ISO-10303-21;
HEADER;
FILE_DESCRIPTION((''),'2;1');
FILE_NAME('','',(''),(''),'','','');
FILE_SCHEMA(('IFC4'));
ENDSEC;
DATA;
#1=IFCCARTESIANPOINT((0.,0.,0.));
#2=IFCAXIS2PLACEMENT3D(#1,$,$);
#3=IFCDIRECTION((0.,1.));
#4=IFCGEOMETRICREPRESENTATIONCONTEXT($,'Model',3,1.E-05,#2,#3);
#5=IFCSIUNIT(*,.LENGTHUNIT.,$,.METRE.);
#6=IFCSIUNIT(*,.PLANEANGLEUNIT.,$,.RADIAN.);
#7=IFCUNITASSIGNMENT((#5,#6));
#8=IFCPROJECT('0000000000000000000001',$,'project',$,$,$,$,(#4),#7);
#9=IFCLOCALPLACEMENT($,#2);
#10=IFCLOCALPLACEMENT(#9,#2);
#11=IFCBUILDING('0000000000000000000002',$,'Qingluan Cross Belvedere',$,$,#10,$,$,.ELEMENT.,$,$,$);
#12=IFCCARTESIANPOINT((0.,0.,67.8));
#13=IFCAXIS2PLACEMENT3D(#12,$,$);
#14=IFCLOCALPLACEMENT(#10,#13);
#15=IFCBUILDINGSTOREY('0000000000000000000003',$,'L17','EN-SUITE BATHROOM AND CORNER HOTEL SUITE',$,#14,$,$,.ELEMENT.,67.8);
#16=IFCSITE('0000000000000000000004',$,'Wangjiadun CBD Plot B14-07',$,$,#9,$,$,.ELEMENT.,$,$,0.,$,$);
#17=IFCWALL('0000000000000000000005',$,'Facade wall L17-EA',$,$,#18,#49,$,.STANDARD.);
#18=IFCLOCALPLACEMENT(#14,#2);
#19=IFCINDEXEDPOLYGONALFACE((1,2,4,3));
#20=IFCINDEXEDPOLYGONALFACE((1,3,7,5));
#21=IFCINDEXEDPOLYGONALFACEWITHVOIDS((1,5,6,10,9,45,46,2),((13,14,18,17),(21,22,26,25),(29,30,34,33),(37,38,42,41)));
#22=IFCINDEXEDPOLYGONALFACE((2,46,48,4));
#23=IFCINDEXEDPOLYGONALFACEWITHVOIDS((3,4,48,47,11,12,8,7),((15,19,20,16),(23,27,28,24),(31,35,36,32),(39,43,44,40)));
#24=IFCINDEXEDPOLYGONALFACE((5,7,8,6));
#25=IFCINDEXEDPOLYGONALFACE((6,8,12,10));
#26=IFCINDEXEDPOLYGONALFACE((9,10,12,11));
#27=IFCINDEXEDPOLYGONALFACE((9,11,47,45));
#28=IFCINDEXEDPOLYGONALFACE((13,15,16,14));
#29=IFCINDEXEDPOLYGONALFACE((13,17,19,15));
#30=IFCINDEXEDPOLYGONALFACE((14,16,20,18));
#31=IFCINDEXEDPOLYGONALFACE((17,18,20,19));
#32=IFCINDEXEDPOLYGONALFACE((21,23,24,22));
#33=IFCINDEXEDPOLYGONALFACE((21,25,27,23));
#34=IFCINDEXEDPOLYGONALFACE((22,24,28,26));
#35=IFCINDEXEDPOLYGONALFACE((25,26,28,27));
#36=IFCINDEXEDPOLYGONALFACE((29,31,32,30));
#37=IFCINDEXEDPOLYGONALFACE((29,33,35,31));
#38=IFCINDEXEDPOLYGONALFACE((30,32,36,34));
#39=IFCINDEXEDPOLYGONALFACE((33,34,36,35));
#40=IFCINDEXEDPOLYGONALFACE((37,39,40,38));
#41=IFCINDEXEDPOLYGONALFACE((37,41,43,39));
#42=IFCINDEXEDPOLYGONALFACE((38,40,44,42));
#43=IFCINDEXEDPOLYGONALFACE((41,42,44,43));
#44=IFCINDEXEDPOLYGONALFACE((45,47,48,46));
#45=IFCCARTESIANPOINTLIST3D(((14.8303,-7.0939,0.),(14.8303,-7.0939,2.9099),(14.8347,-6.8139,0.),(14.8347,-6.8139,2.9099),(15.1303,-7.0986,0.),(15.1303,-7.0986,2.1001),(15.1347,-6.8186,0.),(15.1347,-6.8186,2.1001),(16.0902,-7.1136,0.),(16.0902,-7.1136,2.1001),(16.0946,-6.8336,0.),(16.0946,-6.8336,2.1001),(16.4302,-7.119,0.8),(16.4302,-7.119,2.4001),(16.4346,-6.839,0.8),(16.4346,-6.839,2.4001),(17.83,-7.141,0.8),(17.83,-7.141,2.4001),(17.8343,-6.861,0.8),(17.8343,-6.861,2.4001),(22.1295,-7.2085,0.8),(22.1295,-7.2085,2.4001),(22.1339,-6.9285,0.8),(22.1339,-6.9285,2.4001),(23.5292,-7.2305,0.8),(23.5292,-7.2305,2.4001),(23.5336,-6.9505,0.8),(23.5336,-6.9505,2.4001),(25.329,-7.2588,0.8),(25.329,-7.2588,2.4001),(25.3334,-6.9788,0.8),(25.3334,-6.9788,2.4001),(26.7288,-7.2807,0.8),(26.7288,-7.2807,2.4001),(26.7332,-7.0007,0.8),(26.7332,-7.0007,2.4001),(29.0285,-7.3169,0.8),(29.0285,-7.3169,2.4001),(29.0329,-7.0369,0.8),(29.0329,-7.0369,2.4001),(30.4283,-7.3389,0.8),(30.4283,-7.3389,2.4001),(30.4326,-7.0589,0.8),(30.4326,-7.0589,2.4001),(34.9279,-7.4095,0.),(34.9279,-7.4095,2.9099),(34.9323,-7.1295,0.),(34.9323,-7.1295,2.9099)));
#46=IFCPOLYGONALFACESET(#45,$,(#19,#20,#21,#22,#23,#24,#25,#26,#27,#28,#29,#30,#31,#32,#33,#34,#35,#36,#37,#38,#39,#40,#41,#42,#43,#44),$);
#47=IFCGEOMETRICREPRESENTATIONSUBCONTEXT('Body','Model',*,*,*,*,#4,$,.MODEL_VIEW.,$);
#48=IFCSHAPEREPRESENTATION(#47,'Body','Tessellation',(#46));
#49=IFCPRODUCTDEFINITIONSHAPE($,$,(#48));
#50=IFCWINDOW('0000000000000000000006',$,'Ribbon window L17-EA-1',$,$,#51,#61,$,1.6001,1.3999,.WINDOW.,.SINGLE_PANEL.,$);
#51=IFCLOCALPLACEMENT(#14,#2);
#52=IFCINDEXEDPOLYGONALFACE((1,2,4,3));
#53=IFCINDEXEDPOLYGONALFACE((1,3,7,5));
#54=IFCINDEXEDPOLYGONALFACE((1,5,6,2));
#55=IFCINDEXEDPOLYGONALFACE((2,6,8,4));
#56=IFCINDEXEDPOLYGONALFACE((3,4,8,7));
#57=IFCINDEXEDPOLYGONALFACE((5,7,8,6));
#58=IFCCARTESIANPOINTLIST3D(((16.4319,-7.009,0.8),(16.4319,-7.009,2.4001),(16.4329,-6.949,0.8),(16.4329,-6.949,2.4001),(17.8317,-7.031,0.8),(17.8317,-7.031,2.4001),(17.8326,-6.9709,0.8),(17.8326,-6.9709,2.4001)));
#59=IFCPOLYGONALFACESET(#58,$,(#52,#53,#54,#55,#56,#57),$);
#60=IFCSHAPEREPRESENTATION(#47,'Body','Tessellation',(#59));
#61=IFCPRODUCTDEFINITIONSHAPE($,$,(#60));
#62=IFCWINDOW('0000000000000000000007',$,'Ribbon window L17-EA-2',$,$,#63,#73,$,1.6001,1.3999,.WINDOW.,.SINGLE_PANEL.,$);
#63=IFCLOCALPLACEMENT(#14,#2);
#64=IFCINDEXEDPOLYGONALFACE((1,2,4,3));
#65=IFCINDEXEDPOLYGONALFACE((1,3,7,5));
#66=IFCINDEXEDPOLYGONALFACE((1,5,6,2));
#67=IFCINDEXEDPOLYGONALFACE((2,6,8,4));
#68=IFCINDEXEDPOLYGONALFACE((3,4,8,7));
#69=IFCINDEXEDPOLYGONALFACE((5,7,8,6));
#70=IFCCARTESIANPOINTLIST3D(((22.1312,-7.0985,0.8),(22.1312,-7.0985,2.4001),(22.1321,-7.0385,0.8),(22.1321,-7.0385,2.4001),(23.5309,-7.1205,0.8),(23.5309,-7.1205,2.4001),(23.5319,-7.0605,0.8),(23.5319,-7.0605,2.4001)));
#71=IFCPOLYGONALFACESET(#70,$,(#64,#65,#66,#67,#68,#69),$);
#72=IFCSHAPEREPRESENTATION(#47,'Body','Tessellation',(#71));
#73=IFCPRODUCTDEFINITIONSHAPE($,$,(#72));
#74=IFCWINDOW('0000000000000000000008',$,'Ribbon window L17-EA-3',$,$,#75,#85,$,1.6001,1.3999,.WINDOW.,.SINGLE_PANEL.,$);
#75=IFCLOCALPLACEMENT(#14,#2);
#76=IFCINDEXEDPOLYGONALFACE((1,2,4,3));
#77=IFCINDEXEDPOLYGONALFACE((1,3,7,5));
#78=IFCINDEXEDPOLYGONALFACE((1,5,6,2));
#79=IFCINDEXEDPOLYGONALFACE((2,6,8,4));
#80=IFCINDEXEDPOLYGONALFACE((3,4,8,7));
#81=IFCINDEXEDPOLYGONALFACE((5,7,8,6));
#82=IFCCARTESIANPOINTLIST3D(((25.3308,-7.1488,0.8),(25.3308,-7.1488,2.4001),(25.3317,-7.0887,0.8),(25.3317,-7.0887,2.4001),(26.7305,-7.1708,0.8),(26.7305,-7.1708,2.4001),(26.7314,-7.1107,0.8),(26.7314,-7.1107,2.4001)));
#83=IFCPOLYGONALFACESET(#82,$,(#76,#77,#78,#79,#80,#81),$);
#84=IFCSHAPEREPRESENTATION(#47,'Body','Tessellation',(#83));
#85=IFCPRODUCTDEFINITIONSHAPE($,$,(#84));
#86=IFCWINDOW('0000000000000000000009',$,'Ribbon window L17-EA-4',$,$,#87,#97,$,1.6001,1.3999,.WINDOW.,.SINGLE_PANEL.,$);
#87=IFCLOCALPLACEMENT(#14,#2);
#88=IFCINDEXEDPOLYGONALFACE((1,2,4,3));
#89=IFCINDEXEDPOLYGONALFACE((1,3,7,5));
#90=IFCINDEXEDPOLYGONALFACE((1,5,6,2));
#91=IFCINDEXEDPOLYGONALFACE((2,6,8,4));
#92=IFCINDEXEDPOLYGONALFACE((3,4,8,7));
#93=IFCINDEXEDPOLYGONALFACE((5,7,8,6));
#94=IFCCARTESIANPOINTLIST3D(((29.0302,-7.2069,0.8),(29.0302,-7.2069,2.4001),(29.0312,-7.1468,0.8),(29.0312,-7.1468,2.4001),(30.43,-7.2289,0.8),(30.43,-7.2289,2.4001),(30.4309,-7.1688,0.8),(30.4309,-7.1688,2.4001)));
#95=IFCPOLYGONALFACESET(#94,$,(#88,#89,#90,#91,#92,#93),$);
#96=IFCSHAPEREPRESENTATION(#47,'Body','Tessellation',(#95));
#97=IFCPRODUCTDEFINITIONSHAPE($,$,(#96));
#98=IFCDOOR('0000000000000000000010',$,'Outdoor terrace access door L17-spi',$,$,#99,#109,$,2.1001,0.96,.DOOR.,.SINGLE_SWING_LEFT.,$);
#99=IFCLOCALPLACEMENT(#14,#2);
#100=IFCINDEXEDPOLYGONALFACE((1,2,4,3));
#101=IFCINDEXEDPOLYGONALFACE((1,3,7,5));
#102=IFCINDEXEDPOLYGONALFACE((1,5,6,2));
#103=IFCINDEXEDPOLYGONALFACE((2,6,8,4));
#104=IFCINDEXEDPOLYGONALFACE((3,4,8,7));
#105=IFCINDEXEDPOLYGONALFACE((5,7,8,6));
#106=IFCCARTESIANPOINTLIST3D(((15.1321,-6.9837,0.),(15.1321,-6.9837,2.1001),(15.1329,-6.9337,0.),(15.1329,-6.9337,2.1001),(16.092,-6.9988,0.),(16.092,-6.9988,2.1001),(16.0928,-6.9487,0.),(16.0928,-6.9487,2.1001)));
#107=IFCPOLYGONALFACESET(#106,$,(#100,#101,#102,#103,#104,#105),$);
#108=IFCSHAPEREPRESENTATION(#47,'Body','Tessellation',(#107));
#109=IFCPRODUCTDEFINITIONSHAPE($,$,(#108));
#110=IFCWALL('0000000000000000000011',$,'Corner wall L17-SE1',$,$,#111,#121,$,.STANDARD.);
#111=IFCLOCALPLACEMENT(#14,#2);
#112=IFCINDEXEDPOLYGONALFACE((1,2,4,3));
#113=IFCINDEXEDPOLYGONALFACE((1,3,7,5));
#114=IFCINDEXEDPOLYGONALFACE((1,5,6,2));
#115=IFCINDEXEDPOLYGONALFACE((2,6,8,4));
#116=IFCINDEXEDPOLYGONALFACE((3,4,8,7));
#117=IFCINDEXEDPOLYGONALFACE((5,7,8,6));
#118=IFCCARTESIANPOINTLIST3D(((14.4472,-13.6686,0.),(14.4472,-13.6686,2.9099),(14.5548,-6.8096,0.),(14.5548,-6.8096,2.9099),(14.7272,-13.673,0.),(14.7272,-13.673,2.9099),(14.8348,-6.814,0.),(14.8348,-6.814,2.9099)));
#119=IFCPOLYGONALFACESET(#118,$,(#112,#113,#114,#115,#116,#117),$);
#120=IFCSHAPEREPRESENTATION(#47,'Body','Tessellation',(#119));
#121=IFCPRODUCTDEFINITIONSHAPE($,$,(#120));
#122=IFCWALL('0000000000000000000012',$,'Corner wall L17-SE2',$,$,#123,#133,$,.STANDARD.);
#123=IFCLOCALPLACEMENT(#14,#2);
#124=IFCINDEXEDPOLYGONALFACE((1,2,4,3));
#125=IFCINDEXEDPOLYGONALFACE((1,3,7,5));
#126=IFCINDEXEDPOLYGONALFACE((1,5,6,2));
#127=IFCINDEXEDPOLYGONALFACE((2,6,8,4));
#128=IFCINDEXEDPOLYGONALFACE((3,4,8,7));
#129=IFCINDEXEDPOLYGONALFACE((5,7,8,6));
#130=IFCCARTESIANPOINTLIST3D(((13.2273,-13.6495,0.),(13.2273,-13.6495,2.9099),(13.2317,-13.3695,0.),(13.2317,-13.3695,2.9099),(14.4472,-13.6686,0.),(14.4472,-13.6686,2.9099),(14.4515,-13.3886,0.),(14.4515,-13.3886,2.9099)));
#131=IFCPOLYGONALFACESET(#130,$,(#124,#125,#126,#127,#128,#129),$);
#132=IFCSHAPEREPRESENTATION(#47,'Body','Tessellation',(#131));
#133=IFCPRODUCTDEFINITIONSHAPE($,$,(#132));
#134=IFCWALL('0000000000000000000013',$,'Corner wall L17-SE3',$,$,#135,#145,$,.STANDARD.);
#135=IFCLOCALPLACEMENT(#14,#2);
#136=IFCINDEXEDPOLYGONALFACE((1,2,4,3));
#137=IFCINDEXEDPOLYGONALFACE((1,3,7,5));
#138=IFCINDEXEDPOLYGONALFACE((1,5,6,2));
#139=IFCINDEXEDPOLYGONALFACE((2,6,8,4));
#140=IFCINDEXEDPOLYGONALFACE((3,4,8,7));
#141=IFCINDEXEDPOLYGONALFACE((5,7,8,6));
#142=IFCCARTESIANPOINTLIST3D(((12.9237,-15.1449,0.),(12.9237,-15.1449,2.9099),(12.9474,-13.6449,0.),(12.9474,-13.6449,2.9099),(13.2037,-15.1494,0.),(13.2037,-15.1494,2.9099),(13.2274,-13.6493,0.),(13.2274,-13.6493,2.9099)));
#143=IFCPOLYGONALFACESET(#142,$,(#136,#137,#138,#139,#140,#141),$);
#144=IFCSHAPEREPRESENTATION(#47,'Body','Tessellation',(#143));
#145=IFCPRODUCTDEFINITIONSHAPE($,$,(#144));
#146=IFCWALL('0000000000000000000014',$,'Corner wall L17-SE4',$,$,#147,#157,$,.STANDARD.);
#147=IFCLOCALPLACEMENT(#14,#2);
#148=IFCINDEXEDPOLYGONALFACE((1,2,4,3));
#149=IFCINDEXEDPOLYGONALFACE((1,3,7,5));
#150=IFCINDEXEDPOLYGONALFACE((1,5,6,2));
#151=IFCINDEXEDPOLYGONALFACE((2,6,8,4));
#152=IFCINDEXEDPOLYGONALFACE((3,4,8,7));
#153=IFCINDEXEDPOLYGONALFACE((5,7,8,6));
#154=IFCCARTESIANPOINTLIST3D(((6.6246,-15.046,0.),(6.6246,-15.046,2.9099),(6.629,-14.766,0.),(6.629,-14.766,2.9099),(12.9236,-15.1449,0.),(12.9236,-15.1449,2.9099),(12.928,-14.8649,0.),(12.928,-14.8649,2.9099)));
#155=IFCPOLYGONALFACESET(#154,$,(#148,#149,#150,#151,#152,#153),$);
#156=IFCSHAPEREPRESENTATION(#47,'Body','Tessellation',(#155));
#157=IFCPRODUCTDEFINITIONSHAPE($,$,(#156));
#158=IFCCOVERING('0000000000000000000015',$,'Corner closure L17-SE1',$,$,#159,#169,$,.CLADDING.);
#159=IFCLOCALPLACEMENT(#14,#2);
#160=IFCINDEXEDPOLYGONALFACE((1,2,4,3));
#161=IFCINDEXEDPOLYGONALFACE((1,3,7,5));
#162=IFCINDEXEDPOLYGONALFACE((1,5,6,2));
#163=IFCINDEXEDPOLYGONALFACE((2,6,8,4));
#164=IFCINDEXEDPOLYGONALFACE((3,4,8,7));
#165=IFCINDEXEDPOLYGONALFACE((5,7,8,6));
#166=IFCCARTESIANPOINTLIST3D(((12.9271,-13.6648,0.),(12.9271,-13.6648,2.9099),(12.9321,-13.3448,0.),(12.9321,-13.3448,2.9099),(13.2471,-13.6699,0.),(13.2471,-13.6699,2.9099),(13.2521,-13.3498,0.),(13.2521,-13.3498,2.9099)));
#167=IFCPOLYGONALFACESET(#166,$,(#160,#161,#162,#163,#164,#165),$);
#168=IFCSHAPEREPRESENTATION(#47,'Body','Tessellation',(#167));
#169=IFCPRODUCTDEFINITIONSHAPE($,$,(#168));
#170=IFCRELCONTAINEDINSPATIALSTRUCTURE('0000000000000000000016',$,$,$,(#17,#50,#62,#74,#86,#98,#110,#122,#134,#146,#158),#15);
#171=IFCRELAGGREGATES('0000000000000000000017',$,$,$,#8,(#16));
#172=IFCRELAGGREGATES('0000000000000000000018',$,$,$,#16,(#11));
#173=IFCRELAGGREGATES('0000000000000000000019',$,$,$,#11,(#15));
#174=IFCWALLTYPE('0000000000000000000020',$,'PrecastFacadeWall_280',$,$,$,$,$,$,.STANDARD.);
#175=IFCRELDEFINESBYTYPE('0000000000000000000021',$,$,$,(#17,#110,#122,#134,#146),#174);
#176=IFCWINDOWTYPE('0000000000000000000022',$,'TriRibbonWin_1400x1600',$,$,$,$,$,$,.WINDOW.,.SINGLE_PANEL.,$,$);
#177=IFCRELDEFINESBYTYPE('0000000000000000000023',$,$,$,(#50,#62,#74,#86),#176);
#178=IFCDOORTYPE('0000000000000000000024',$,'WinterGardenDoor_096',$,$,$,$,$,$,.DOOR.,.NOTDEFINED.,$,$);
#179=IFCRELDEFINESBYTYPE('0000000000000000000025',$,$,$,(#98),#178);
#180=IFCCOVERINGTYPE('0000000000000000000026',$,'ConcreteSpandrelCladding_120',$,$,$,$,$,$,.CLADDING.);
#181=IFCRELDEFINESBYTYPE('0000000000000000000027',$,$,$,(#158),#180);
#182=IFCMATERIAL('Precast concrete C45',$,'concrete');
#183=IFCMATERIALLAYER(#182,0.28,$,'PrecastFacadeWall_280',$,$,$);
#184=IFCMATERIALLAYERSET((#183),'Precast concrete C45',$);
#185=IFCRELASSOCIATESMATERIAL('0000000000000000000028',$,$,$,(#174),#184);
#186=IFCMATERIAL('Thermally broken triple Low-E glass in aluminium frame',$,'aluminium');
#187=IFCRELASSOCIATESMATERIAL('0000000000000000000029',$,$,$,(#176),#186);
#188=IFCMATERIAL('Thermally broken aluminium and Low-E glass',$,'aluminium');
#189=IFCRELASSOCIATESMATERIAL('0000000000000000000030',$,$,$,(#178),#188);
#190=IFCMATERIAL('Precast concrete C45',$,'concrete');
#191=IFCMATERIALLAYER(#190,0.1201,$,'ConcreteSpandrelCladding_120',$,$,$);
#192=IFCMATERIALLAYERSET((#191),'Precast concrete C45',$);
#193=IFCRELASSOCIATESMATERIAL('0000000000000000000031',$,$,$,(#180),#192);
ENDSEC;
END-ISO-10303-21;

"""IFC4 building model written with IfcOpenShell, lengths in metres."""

from ifc_helpers import new_model, si_unit, direction, frame, frame_2d, origin, origin_2d, place, context, subcontext, project, spatial, rectangle, extrude, material, layer, layer_set, type_object, element, fill, save


model = new_model("IFC4")

# Units and contexts
model_context = context("Model", 3, precision=1e-05, world=origin(), true_north=direction((0.0, 1.0)))
body_context = subcontext(model_context, "Body", "Model", "MODEL_VIEW")
ifc_project = project(units=[si_unit("LENGTHUNIT", "METRE"), si_unit("PLANEANGLEUNIT", "RADIAN")], contexts=[model_context])

# Site, building, storey
site_placement = place(None, origin())
site = spatial("IfcSite", under=ifc_project, at=site_placement, Name="Wangjiadun CBD Plot B14-07", CompositionType="ELEMENT", RefElevation=0.0)
building_placement = place(site_placement, origin())
building = spatial("IfcBuilding", under=site, at=building_placement, Name="Qingluan Cross Belvedere", CompositionType="ELEMENT")
storey_placement = place(building_placement, frame((0.0, 0.0, 67.8)))
storey = spatial("IfcBuildingStorey", under=building, at=storey_placement, Name="L17", Description="EN-SUITE BATHROOM AND CORNER HOTEL SUITE", CompositionType="ELEMENT", Elevation=67.8)

# Wall, openings, windows, door
ifc_material_1 = material(Name="Precast concrete C45", Category="concrete")
ifc_layer_1 = layer(ifc_material_1, 0.28, Name="PrecastFacadeWall_280")
ifc_layer_set_1 = layer_set([ifc_layer_1], Name="Precast concrete C45")
wall_type_1 = type_object("IfcWallType", Name="PrecastFacadeWall_280", PredefinedType="STANDARD", material=ifc_layer_set_1)
wall_1_placement = place(storey_placement, frame((14.8325, -6.9539, 0.0), z_axis=(0.0, 0.0, 1.0), x_axis=(0.999877, -0.015705, 0.0)))
wall_1 = element("IfcWall", 1, at=wall_1_placement, inside=storey, type_object=wall_type_1, Name="Facade wall L17-EA", PredefinedType="STANDARD", context=body_context, shape_type="SweptSolid", body=[
    extrude(rectangle(XDim=20.1001, YDim=0.28, at=frame_2d((10.05, 0.0))), origin(), (0.0, 0.0, 1.0), 2.9099),
])
opening_1_placement = place(wall_1_placement, frame((1.6001, 0.0, 0.8)))
opening_1 = element("IfcOpeningElement", 2, at=opening_1_placement, cuts=wall_1, PredefinedType="OPENING", context=body_context, shape_type="SweptSolid", body=[
    extrude(rectangle(XDim=1.3999, YDim=1.6001, at=frame_2d((0.7, 0.8))), frame((0.0, 0.1499, 0.0), z_axis=(0.0, -1.0, 0.0), x_axis=(1.0, 0.0, 0.0)), (0.0, 0.0, 1.0), 0.3),
])
opening_2_placement = place(wall_1_placement, frame((7.3, 0.0, 0.8)))
opening_2 = element("IfcOpeningElement", 3, at=opening_2_placement, cuts=wall_1, PredefinedType="OPENING", context=body_context, shape_type="SweptSolid", body=[
    extrude(rectangle(XDim=1.3999, YDim=1.6001, at=frame_2d((0.7, 0.8))), frame((0.0, 0.1499, 0.0), z_axis=(0.0, -1.0, 0.0), x_axis=(1.0, 0.0, 0.0)), (0.0, 0.0, 1.0), 0.3),
])
opening_3_placement = place(wall_1_placement, frame((10.5, 0.0, 0.8)))
opening_3 = element("IfcOpeningElement", 4, at=opening_3_placement, cuts=wall_1, PredefinedType="OPENING", context=body_context, shape_type="SweptSolid", body=[
    extrude(rectangle(XDim=1.3999, YDim=1.6001, at=frame_2d((0.7, 0.8))), frame((0.0, 0.1499, 0.0), z_axis=(0.0, -1.0, 0.0), x_axis=(1.0, 0.0, 0.0)), (0.0, 0.0, 1.0), 0.3),
])
opening_4_placement = place(wall_1_placement, frame((14.2, 0.0, 0.8)))
opening_4 = element("IfcOpeningElement", 5, at=opening_4_placement, cuts=wall_1, PredefinedType="OPENING", context=body_context, shape_type="SweptSolid", body=[
    extrude(rectangle(XDim=1.3999, YDim=1.6001, at=frame_2d((0.7, 0.8))), frame((0.0, 0.1499, 0.0), z_axis=(0.0, -1.0, 0.0), x_axis=(1.0, 0.0, 0.0)), (0.0, 0.0, 1.0), 0.3),
])
opening_5_placement = place(wall_1_placement, frame((0.3, 0.0, 0.0)))
opening_5 = element("IfcOpeningElement", 6, at=opening_5_placement, cuts=wall_1, PredefinedType="OPENING", context=body_context, shape_type="SweptSolid", body=[
    extrude(rectangle(XDim=0.96, YDim=2.1001, at=frame_2d((0.48, 1.05))), frame((0.0, 0.1499, 0.0), z_axis=(0.0, -1.0, 0.0), x_axis=(1.0, 0.0, 0.0)), (0.0, 0.0, 1.0), 0.3),
])
ifc_material_2 = material(Name="Thermally broken triple Low-E glass in aluminium frame", Category="aluminium")
window_type = type_object("IfcWindowType", Name="TriRibbonWin_1400x1600", PartitioningType="SINGLE_PANEL", PredefinedType="WINDOW", material=ifc_material_2)
window_1_placement = place(opening_1_placement, origin())
window_1 = element("IfcWindow", 7, at=window_1_placement, inside=storey, type_object=window_type, Name="Ribbon window L17-EA-1", OverallHeight=1.6001, OverallWidth=1.3999, PartitioningType="SINGLE_PANEL", PredefinedType="WINDOW", context=body_context, shape_type="SweptSolid", body=[
    extrude(rectangle(XDim=1.3999, YDim=1.6001, at=frame_2d((0.7, 0.8))), frame((0.0, 0.03, 0.0), z_axis=(0.0, -1.0, 0.0), x_axis=(1.0, 0.0, 0.0)), (0.0, 0.0, 1.0), 0.0601),
])
fill(opening_1, window_1)
window_2_placement = place(opening_2_placement, origin())
window_2 = element("IfcWindow", 8, at=window_2_placement, inside=storey, type_object=window_type, Name="Ribbon window L17-EA-2", OverallHeight=1.6001, OverallWidth=1.3999, PartitioningType="SINGLE_PANEL", PredefinedType="WINDOW", context=body_context, shape_type="SweptSolid", body=[
    extrude(rectangle(XDim=1.3999, YDim=1.6001, at=frame_2d((0.7, 0.8))), frame((0.0, 0.03, 0.0), z_axis=(0.0, -1.0, 0.0), x_axis=(1.0, 0.0, 0.0)), (0.0, 0.0, 1.0), 0.0601),
])
fill(opening_2, window_2)
window_3_placement = place(opening_3_placement, origin())
window_3 = element("IfcWindow", 9, at=window_3_placement, inside=storey, type_object=window_type, Name="Ribbon window L17-EA-3", OverallHeight=1.6001, OverallWidth=1.3999, PartitioningType="SINGLE_PANEL", PredefinedType="WINDOW", context=body_context, shape_type="SweptSolid", body=[
    extrude(rectangle(XDim=1.3999, YDim=1.6001, at=frame_2d((0.7, 0.8))), frame((0.0, 0.03, 0.0), z_axis=(0.0, -1.0, 0.0), x_axis=(1.0, 0.0, 0.0)), (0.0, 0.0, 1.0), 0.0601),
])
fill(opening_3, window_3)
window_4_placement = place(opening_4_placement, origin())
window_4 = element("IfcWindow", 10, at=window_4_placement, inside=storey, type_object=window_type, Name="Ribbon window L17-EA-4", OverallHeight=1.6001, OverallWidth=1.3999, PartitioningType="SINGLE_PANEL", PredefinedType="WINDOW", context=body_context, shape_type="SweptSolid", body=[
    extrude(rectangle(XDim=1.3999, YDim=1.6001, at=frame_2d((0.7, 0.8))), frame((0.0, 0.03, 0.0), z_axis=(0.0, -1.0, 0.0), x_axis=(1.0, 0.0, 0.0)), (0.0, 0.0, 1.0), 0.0601),
])
fill(opening_4, window_4)
ifc_material_3 = material(Name="Thermally broken aluminium and Low-E glass", Category="aluminium")
door_type = type_object("IfcDoorType", Name="WinterGardenDoor_096", OperationType="NOTDEFINED", PredefinedType="DOOR", material=ifc_material_3)
door_placement = place(opening_5_placement, origin())
door = element("IfcDoor", 11, at=door_placement, inside=storey, type_object=door_type, Name="Outdoor terrace access door L17-spi", OperationType="SINGLE_SWING_LEFT", OverallHeight=2.1001, OverallWidth=0.96, PredefinedType="DOOR", context=body_context, shape_type="SweptSolid", body=[
    extrude(rectangle(XDim=0.96, YDim=2.1001, at=frame_2d((0.48, 1.05))), frame((0.0, 0.0249, 0.0), z_axis=(0.0, -1.0, 0.0), x_axis=(1.0, 0.0, 0.0)), (0.0, 0.0, 1.0), 0.05),
])
fill(opening_5, door)

# Walls
wall_2_placement = place(storey_placement, frame((14.6948, -6.8118, 0.0), z_axis=(0.0, 0.0, 1.0), x_axis=(-0.015695, -0.999877, 0.0)))
element("IfcWall", 12, at=wall_2_placement, inside=storey, type_object=wall_type_1, Name="Corner wall L17-SE1", PredefinedType="STANDARD", context=body_context, shape_type="SweptSolid", body=[
    extrude(rectangle(XDim=6.8599, YDim=0.28, at=frame_2d((3.4299, 0.0))), origin(), (0.0, 0.0, 1.0), 2.9099),
])
wall_3_placement = place(storey_placement, frame((14.4492, -13.5286, 0.0), z_axis=(0.0, 0.0, 1.0), x_axis=(-0.999878, 0.015611, 0.0)))
element("IfcWall", 13, at=wall_3_placement, inside=storey, type_object=wall_type_1, Name="Corner wall L17-SE2", PredefinedType="STANDARD", context=body_context, shape_type="SweptSolid", body=[
    extrude(rectangle(XDim=1.22, YDim=0.28, at=frame_2d((0.6099, 0.0))), origin(), (0.0, 0.0, 1.0), 2.9099),
])
wall_4_placement = place(storey_placement, frame((13.0874, -13.6472, 0.0), z_axis=(0.0, 0.0, 1.0), x_axis=(-0.015786, -0.999875, 0.0)))
element("IfcWall", 14, at=wall_4_placement, inside=storey, type_object=wall_type_1, Name="Corner wall L17-SE3", PredefinedType="STANDARD", context=body_context, shape_type="SweptSolid", body=[
    extrude(rectangle(XDim=1.5002, YDim=0.28, at=frame_2d((0.75, 0.0))), origin(), (0.0, 0.0, 1.0), 2.9099),
])
wall_5_placement = place(storey_placement, frame((12.9258, -15.0049, 0.0), z_axis=(0.0, 0.0, 1.0), x_axis=(-0.999877, 0.015695, 0.0)))
element("IfcWall", 15, at=wall_5_placement, inside=storey, type_object=wall_type_1, Name="Corner wall L17-SE4", PredefinedType="STANDARD", context=body_context, shape_type="SweptSolid", body=[
    extrude(rectangle(XDim=6.2998, YDim=0.28, at=frame_2d((3.1499, 0.0))), origin(), (0.0, 0.0, 1.0), 2.9099),
])

# Covering
ifc_material_4 = material(Name="Precast concrete C45", Category="concrete")
ifc_layer_2 = layer(ifc_material_4, 0.1201, Name="ConcreteSpandrelCladding_120")
ifc_layer_set_2 = layer_set([ifc_layer_2], Name="Precast concrete C45")
covering_type_1 = type_object("IfcCoveringType", Name="ConcreteSpandrelCladding_120", PredefinedType="CLADDING", material=ifc_layer_set_2)
covering_1_placement = place(storey_placement, frame((13.0896, -13.5073, 0.0), z_axis=(0.0, 0.0, 1.0), x_axis=(0.999877, -0.015707, 0.0)))
element("IfcCovering", 16, at=covering_1_placement, inside=storey, type_object=covering_type_1, Name="Corner closure L17-SE1", PredefinedType="CLADDING", context=body_context, shape_type="SweptSolid", body=[
    extrude(rectangle(XDim=0.3201, YDim=0.3201, at=origin_2d()), origin(), (0.0, 0.0, 1.0), 2.9099),
])

save(model, "model.ifc")
